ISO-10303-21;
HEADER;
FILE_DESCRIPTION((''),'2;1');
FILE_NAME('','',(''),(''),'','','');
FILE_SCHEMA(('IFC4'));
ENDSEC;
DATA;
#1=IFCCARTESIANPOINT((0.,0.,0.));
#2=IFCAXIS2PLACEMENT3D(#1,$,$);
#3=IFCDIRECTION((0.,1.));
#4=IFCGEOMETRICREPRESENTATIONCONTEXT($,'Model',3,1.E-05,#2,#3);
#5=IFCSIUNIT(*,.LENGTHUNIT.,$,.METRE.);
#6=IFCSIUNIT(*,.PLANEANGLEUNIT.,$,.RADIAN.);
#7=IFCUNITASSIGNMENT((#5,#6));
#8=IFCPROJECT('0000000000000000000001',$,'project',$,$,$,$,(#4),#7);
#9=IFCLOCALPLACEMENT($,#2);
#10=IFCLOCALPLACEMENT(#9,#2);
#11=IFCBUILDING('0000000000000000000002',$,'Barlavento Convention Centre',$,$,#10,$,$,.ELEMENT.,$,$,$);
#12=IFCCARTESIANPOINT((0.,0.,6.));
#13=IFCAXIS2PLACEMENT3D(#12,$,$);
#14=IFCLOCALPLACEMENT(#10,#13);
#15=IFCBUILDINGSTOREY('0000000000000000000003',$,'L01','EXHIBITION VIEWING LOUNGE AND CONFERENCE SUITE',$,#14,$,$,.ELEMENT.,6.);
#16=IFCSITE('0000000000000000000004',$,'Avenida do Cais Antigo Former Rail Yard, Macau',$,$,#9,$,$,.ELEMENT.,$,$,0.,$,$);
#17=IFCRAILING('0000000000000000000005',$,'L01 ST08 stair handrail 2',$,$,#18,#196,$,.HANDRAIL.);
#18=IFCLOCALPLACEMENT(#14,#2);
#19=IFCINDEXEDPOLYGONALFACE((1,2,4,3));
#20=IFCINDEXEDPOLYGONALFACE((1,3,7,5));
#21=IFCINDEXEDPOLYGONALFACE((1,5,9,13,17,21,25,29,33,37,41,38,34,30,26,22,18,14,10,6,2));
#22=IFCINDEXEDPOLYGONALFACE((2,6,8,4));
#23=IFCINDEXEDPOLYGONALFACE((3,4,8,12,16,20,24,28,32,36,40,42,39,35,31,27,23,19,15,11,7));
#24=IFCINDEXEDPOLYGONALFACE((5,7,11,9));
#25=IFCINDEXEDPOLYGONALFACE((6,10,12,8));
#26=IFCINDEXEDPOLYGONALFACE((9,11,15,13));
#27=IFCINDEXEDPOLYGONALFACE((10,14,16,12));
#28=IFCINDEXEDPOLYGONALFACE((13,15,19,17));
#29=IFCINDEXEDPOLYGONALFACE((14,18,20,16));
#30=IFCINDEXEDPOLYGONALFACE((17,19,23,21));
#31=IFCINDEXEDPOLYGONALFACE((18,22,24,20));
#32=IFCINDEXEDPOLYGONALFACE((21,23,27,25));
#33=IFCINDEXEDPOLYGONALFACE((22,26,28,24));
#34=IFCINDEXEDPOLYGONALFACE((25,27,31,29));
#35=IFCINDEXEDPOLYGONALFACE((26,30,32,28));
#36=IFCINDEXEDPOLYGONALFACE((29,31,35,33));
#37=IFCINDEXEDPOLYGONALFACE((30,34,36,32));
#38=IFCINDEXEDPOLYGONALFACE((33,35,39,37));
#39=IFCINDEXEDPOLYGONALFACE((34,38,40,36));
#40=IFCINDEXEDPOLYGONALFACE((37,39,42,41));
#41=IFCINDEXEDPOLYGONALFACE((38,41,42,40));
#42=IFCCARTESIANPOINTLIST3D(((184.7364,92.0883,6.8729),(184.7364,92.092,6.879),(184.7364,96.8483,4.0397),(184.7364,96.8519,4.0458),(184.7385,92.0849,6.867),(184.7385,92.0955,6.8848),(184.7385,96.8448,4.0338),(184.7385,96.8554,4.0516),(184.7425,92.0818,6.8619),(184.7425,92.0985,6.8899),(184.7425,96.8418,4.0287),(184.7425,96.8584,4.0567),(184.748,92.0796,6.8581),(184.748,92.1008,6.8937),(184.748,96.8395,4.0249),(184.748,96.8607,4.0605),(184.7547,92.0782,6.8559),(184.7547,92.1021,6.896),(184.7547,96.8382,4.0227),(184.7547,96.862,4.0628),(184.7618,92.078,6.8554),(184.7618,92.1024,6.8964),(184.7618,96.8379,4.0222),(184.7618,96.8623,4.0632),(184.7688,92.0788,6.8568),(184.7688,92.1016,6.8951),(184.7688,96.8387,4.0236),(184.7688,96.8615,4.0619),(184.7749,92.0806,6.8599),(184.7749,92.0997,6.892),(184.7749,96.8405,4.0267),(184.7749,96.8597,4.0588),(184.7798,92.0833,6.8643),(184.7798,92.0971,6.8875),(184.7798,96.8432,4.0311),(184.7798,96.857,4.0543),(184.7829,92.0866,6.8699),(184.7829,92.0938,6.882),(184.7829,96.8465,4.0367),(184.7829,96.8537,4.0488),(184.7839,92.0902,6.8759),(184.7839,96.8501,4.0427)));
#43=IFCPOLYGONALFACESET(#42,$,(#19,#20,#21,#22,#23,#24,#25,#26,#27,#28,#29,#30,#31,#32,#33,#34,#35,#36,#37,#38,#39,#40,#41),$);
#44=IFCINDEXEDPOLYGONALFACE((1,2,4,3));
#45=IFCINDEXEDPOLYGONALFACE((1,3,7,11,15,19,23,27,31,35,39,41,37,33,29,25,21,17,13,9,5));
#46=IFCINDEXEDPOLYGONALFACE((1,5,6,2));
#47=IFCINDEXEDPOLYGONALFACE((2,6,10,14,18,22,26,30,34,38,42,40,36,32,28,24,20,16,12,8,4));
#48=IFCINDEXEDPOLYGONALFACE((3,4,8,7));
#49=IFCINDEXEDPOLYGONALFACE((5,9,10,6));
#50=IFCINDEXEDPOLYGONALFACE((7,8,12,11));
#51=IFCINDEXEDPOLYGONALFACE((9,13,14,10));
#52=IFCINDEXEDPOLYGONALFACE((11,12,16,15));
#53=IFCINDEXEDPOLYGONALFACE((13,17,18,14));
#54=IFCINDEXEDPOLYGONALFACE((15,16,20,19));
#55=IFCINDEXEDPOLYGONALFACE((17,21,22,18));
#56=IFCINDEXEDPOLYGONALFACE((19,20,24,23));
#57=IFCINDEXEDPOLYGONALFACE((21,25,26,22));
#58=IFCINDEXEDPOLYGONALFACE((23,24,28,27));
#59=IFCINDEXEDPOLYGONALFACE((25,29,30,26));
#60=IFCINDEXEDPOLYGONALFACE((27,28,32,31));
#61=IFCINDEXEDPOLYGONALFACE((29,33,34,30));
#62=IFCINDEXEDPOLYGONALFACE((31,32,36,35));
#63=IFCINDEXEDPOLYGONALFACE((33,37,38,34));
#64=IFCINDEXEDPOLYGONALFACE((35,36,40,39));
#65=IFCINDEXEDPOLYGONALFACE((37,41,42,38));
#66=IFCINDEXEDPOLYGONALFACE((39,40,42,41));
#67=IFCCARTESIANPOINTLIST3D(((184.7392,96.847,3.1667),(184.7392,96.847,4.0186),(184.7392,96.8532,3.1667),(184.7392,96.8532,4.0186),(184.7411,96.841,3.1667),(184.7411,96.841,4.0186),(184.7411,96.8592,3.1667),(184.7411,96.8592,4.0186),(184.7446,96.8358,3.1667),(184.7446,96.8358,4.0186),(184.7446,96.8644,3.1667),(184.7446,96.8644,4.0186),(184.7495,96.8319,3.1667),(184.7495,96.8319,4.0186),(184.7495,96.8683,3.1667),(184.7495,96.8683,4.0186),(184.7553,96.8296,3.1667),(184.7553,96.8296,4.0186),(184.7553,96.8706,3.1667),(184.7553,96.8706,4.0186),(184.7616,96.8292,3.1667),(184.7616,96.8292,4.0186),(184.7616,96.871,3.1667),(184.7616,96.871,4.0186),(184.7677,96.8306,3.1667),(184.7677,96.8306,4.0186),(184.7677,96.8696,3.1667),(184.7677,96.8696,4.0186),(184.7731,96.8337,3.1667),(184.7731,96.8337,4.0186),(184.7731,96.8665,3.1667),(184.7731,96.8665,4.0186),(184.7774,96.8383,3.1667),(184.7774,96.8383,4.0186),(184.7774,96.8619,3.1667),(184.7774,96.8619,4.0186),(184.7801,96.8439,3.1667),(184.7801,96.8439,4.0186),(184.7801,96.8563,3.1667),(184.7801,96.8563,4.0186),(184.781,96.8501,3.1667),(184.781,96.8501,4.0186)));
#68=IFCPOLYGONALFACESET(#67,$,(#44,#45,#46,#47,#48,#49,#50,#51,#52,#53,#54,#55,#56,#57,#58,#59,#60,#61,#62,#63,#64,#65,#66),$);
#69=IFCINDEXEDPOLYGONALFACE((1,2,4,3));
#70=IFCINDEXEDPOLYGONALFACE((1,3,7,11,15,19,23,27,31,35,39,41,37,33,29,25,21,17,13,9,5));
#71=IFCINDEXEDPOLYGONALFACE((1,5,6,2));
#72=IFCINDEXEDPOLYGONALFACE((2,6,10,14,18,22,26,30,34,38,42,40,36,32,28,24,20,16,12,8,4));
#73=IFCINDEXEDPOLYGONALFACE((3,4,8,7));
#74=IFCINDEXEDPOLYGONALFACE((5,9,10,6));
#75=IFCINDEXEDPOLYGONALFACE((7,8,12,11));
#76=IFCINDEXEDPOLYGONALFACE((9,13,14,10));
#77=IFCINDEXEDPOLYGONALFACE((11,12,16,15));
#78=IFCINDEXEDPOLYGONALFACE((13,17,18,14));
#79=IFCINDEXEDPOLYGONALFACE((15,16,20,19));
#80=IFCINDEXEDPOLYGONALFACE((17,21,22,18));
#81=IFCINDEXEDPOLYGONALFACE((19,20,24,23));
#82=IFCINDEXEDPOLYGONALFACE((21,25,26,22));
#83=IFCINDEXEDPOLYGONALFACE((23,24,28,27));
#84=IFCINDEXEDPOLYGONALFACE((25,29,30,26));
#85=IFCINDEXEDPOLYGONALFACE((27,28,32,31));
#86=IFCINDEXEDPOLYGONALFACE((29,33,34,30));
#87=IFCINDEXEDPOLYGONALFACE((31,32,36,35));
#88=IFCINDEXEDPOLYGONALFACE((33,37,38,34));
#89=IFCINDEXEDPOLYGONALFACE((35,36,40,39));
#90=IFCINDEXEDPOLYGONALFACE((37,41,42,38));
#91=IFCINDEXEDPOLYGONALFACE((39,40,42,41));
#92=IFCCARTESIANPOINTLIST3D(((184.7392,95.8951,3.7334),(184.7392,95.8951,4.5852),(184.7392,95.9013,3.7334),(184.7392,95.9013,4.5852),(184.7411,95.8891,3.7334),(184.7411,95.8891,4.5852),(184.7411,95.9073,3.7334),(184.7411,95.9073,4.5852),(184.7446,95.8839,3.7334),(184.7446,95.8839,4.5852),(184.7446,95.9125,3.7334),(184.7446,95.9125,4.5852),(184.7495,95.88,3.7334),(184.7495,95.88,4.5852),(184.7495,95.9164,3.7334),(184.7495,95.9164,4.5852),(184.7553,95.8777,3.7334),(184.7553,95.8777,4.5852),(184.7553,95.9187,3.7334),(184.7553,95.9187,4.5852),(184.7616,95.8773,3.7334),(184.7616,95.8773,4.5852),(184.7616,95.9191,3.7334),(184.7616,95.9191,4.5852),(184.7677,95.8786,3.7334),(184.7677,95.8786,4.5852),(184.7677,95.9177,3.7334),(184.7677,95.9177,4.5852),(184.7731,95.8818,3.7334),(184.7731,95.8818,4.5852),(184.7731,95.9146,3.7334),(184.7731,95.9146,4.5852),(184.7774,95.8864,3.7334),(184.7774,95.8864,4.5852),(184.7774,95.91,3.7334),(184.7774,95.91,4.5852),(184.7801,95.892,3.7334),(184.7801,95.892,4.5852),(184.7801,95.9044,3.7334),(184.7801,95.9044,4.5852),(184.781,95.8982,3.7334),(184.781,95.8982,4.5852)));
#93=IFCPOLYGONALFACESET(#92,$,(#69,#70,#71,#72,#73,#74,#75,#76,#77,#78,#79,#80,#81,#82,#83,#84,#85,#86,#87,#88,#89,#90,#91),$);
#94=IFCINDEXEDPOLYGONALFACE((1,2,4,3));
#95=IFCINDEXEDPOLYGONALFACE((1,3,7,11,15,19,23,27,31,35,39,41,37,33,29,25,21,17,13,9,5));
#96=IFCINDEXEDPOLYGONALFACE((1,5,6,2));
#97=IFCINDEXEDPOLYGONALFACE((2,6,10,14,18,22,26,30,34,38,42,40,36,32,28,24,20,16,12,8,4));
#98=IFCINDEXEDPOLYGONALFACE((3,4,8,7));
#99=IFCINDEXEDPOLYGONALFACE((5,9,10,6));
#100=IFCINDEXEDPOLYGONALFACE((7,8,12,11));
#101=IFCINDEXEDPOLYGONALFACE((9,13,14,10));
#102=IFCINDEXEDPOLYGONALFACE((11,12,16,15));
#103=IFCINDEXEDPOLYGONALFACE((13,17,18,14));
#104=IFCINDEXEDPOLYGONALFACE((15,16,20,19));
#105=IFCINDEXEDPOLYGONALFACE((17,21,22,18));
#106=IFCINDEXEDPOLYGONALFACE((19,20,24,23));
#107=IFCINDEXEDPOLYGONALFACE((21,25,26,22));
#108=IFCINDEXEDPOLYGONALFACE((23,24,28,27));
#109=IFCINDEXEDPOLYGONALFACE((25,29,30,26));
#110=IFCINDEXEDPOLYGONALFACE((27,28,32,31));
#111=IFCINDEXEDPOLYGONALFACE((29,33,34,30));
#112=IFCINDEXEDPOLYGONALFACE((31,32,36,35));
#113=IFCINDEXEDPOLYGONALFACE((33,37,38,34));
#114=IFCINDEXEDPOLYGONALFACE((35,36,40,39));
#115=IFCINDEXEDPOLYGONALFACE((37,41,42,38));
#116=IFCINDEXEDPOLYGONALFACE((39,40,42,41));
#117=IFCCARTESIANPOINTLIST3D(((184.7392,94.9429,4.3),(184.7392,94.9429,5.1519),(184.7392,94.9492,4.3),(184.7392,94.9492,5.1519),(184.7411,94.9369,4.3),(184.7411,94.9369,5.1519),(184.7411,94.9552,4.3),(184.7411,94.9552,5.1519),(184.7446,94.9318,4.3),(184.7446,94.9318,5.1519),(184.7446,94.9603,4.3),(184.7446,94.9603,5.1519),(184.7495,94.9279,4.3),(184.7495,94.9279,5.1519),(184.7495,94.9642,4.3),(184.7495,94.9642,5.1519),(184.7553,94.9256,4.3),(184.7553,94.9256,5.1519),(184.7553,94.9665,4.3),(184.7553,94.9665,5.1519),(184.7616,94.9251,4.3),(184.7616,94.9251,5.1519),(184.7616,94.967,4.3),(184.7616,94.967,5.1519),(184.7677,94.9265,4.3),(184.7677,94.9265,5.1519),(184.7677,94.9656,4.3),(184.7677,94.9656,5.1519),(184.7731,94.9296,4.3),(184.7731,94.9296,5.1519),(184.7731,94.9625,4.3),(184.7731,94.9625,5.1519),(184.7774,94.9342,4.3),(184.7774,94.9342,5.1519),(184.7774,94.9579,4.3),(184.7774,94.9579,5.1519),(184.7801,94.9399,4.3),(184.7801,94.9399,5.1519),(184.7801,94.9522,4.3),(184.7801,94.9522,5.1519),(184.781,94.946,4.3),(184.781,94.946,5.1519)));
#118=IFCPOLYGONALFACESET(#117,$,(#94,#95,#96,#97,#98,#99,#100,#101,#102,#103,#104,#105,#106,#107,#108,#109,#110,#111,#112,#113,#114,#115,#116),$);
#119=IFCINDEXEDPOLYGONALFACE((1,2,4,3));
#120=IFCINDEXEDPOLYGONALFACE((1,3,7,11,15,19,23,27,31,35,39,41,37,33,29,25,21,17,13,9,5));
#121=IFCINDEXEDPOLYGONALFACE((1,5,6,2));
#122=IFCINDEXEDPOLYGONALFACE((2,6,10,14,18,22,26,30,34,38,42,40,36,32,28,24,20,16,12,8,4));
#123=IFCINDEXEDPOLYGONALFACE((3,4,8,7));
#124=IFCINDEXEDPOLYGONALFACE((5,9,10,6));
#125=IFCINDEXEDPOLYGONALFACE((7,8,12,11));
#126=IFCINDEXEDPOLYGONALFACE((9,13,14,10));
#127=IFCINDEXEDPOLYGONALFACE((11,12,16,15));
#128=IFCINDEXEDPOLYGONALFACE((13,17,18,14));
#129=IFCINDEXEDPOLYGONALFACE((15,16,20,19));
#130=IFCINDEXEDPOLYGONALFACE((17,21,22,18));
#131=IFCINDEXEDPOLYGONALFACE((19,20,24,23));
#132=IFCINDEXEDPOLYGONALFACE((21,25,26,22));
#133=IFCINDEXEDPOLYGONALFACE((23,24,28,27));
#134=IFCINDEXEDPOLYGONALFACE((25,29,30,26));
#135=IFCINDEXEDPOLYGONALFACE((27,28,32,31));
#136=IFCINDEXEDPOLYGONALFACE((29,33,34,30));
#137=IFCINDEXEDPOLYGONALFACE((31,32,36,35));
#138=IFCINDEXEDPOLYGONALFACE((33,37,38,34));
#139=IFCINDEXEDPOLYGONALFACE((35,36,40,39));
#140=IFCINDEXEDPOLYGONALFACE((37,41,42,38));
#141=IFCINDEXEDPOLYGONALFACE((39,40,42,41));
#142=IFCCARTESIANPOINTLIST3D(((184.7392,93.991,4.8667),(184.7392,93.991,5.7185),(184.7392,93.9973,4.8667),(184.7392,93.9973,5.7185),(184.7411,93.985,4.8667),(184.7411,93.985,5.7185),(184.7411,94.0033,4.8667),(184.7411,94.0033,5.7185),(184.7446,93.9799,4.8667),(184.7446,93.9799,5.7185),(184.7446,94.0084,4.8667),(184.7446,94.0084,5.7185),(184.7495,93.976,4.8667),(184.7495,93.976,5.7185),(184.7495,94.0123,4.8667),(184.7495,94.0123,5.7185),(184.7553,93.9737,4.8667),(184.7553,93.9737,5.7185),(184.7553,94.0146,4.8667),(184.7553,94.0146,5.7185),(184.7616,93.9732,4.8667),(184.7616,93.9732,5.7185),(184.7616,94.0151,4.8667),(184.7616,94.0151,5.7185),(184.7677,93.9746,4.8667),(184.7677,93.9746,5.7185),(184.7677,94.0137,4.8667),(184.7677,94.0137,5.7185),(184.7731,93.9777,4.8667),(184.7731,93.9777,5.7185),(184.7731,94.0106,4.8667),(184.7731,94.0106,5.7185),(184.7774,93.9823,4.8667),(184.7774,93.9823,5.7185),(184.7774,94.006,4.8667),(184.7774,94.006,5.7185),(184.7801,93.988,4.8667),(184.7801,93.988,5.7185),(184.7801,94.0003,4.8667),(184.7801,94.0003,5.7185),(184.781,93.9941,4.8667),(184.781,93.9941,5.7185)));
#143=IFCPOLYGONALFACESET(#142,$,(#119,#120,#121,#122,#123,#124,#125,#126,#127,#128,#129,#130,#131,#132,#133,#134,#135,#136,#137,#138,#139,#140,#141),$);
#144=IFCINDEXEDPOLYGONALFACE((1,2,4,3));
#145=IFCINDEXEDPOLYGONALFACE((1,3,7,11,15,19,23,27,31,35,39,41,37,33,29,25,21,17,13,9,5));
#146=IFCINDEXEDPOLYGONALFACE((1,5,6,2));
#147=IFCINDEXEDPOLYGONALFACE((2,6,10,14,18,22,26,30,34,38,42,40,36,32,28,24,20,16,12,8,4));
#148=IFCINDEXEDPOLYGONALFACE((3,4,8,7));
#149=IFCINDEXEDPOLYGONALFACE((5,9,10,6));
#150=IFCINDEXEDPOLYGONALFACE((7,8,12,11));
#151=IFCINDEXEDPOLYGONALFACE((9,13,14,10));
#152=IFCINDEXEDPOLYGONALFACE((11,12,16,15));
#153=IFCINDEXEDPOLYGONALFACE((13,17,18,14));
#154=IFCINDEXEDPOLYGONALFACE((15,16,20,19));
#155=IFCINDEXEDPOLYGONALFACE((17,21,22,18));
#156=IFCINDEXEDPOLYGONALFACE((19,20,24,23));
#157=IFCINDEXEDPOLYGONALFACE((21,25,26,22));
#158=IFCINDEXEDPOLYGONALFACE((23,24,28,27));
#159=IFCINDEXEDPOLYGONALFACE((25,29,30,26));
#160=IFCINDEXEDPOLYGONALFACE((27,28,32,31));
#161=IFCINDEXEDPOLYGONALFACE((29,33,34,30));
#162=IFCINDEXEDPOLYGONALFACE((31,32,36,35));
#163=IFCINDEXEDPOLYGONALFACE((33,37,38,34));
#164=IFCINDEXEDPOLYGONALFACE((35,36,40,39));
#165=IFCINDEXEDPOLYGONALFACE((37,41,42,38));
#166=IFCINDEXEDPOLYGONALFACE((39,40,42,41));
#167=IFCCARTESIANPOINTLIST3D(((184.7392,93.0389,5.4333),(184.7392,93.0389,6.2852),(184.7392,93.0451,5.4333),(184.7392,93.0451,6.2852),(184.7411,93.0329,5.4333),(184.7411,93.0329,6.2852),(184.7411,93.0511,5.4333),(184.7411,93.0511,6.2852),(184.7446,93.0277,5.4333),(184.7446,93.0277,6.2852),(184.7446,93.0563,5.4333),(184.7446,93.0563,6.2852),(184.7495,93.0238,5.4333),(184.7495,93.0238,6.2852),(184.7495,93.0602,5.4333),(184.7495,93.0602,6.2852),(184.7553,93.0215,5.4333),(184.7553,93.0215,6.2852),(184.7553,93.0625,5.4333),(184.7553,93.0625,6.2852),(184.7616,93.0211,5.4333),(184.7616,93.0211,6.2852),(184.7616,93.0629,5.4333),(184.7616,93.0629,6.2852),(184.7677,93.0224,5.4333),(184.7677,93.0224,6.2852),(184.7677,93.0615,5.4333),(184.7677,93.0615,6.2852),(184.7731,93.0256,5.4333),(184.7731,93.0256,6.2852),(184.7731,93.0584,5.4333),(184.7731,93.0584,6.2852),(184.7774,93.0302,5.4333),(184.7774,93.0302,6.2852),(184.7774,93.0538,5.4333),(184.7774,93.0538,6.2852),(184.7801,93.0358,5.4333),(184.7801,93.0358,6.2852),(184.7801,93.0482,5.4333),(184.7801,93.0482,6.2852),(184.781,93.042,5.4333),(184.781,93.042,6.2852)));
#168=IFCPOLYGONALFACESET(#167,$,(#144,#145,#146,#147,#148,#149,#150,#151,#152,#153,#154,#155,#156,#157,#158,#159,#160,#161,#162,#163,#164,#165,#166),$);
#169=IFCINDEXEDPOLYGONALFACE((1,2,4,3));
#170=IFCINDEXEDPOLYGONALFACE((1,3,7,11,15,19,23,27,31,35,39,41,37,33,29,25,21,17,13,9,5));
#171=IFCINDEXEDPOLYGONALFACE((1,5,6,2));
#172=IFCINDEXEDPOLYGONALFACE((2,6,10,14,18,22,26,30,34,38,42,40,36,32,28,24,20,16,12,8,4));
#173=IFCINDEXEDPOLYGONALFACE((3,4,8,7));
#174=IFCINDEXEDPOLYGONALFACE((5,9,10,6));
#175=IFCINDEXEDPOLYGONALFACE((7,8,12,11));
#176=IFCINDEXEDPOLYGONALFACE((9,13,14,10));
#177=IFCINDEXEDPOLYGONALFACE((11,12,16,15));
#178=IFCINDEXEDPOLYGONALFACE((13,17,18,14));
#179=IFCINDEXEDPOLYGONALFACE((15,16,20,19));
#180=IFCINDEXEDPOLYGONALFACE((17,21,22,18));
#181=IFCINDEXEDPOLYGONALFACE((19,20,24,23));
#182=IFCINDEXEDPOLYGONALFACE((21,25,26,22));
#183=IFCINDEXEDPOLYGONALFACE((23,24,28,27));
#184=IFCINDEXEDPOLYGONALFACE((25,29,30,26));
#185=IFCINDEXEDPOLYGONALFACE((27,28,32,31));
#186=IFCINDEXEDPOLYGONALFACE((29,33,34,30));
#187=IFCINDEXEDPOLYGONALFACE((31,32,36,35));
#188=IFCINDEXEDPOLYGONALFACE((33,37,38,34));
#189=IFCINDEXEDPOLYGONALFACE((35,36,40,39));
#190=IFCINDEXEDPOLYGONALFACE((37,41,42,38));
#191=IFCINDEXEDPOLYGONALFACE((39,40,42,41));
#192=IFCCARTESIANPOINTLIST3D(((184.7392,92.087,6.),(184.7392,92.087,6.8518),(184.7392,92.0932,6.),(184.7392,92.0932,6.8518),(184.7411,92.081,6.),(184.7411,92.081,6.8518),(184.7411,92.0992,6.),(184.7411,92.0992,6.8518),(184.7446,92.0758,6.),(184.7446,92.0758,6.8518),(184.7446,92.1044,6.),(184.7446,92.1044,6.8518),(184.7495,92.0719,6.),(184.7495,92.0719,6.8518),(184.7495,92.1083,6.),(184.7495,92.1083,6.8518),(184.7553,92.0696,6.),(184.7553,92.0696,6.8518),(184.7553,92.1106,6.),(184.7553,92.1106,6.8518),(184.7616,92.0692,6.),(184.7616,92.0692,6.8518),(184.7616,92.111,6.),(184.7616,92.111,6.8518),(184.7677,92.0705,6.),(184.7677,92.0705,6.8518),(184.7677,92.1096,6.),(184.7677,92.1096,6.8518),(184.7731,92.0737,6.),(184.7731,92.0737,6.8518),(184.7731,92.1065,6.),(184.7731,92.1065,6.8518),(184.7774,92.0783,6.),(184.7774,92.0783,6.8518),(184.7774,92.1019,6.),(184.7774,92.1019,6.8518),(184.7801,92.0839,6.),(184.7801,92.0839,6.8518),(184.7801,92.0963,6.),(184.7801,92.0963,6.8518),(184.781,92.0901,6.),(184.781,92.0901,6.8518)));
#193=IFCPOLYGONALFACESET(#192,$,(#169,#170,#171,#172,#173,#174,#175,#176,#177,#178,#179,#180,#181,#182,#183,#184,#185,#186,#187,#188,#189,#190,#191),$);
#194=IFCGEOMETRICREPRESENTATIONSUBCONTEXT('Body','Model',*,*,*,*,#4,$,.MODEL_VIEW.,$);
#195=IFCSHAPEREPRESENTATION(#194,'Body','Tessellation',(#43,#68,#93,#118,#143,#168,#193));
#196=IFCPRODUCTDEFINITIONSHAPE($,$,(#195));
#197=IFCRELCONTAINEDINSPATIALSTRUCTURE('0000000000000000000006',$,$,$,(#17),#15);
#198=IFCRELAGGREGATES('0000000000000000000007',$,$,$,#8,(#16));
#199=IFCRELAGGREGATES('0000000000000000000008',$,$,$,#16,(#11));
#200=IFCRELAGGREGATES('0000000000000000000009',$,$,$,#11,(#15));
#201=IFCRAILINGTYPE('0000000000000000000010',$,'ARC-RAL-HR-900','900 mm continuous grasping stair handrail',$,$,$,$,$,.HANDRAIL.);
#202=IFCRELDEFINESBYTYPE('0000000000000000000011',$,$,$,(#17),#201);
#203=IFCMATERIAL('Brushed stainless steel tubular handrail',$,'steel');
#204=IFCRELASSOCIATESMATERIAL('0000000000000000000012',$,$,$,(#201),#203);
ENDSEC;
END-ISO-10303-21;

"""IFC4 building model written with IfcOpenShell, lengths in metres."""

from ifc_helpers import new_model, si_unit, direction, frame, origin, origin_2d, place, context, subcontext, project, spatial, circle, extrude, material, type_object, element, save


model = new_model("IFC4")

# Units and contexts
model_context = context("Model", 3, precision=1e-05, world=origin(), true_north=direction((0.0, 1.0)))
body_context = subcontext(model_context, "Body", "Model", "MODEL_VIEW")
ifc_project = project(units=[si_unit("LENGTHUNIT", "METRE"), si_unit("PLANEANGLEUNIT", "RADIAN")], contexts=[model_context])

# Site, building, storey
site_placement = place(None, origin())
site = spatial("IfcSite", under=ifc_project, at=site_placement, Name="Avenida do Cais Antigo Former Rail Yard, Macau", CompositionType="ELEMENT", RefElevation=0.0)
building_placement = place(site_placement, origin())
building = spatial("IfcBuilding", under=site, at=building_placement, Name="Barlavento Convention Centre", CompositionType="ELEMENT")
storey_placement = place(building_placement, frame((0.0, 0.0, 6.0)))
storey = spatial("IfcBuildingStorey", under=building, at=storey_placement, Name="L01", Description="EXHIBITION VIEWING LOUNGE AND CONFERENCE SUITE", CompositionType="ELEMENT", Elevation=6.0)

# Railing
ifc_material_1 = material(Name="Brushed stainless steel tubular handrail", Category="steel")
railing_type_1 = type_object("IfcRailingType", Name="ARC-RAL-HR-900", Description="900 mm continuous grasping stair handrail", PredefinedType="HANDRAIL", material=ifc_material_1)
railing_1_placement = place(storey_placement, frame((184.76, 96.8501, 3.1667)))
element("IfcRailing", 1, at=railing_1_placement, inside=storey, type_object=railing_type_1, Name="L01 ST08 stair handrail 2", PredefinedType="HANDRAIL", context=body_context, shape_type="SweptSolid", body=[
    extrude(circle(Radius=0.0239, at=origin_2d()), frame((0.0, 0.0, 0.876), z_axis=(0.0, -0.8593, 0.511472), x_axis=(1.0, 0.0, 0.0)), (0.0, 0.0, 1.0), 5.5393),
    extrude(circle(Radius=0.021, at=origin_2d()), origin(), (0.0, 0.0, 1.0), 0.8518),
    extrude(circle(Radius=0.021, at=origin_2d()), frame((0.0, -0.9519, 0.5667)), (0.0, 0.0, 1.0), 0.8518),
    extrude(circle(Radius=0.021, at=origin_2d()), frame((0.0, -1.9041, 1.1333)), (0.0, 0.0, 1.0), 0.8518),
    extrude(circle(Radius=0.021, at=origin_2d()), frame((0.0, -2.856, 1.7)), (0.0, 0.0, 1.0), 0.8518),
    extrude(circle(Radius=0.021, at=origin_2d()), frame((0.0, -3.8081, 2.2666)), (0.0, 0.0, 1.0), 0.8518),
    extrude(circle(Radius=0.021, at=origin_2d()), frame((0.0, -4.76, 2.8333)), (0.0, 0.0, 1.0), 0.8518),
])

save(model, "model.ifc")
